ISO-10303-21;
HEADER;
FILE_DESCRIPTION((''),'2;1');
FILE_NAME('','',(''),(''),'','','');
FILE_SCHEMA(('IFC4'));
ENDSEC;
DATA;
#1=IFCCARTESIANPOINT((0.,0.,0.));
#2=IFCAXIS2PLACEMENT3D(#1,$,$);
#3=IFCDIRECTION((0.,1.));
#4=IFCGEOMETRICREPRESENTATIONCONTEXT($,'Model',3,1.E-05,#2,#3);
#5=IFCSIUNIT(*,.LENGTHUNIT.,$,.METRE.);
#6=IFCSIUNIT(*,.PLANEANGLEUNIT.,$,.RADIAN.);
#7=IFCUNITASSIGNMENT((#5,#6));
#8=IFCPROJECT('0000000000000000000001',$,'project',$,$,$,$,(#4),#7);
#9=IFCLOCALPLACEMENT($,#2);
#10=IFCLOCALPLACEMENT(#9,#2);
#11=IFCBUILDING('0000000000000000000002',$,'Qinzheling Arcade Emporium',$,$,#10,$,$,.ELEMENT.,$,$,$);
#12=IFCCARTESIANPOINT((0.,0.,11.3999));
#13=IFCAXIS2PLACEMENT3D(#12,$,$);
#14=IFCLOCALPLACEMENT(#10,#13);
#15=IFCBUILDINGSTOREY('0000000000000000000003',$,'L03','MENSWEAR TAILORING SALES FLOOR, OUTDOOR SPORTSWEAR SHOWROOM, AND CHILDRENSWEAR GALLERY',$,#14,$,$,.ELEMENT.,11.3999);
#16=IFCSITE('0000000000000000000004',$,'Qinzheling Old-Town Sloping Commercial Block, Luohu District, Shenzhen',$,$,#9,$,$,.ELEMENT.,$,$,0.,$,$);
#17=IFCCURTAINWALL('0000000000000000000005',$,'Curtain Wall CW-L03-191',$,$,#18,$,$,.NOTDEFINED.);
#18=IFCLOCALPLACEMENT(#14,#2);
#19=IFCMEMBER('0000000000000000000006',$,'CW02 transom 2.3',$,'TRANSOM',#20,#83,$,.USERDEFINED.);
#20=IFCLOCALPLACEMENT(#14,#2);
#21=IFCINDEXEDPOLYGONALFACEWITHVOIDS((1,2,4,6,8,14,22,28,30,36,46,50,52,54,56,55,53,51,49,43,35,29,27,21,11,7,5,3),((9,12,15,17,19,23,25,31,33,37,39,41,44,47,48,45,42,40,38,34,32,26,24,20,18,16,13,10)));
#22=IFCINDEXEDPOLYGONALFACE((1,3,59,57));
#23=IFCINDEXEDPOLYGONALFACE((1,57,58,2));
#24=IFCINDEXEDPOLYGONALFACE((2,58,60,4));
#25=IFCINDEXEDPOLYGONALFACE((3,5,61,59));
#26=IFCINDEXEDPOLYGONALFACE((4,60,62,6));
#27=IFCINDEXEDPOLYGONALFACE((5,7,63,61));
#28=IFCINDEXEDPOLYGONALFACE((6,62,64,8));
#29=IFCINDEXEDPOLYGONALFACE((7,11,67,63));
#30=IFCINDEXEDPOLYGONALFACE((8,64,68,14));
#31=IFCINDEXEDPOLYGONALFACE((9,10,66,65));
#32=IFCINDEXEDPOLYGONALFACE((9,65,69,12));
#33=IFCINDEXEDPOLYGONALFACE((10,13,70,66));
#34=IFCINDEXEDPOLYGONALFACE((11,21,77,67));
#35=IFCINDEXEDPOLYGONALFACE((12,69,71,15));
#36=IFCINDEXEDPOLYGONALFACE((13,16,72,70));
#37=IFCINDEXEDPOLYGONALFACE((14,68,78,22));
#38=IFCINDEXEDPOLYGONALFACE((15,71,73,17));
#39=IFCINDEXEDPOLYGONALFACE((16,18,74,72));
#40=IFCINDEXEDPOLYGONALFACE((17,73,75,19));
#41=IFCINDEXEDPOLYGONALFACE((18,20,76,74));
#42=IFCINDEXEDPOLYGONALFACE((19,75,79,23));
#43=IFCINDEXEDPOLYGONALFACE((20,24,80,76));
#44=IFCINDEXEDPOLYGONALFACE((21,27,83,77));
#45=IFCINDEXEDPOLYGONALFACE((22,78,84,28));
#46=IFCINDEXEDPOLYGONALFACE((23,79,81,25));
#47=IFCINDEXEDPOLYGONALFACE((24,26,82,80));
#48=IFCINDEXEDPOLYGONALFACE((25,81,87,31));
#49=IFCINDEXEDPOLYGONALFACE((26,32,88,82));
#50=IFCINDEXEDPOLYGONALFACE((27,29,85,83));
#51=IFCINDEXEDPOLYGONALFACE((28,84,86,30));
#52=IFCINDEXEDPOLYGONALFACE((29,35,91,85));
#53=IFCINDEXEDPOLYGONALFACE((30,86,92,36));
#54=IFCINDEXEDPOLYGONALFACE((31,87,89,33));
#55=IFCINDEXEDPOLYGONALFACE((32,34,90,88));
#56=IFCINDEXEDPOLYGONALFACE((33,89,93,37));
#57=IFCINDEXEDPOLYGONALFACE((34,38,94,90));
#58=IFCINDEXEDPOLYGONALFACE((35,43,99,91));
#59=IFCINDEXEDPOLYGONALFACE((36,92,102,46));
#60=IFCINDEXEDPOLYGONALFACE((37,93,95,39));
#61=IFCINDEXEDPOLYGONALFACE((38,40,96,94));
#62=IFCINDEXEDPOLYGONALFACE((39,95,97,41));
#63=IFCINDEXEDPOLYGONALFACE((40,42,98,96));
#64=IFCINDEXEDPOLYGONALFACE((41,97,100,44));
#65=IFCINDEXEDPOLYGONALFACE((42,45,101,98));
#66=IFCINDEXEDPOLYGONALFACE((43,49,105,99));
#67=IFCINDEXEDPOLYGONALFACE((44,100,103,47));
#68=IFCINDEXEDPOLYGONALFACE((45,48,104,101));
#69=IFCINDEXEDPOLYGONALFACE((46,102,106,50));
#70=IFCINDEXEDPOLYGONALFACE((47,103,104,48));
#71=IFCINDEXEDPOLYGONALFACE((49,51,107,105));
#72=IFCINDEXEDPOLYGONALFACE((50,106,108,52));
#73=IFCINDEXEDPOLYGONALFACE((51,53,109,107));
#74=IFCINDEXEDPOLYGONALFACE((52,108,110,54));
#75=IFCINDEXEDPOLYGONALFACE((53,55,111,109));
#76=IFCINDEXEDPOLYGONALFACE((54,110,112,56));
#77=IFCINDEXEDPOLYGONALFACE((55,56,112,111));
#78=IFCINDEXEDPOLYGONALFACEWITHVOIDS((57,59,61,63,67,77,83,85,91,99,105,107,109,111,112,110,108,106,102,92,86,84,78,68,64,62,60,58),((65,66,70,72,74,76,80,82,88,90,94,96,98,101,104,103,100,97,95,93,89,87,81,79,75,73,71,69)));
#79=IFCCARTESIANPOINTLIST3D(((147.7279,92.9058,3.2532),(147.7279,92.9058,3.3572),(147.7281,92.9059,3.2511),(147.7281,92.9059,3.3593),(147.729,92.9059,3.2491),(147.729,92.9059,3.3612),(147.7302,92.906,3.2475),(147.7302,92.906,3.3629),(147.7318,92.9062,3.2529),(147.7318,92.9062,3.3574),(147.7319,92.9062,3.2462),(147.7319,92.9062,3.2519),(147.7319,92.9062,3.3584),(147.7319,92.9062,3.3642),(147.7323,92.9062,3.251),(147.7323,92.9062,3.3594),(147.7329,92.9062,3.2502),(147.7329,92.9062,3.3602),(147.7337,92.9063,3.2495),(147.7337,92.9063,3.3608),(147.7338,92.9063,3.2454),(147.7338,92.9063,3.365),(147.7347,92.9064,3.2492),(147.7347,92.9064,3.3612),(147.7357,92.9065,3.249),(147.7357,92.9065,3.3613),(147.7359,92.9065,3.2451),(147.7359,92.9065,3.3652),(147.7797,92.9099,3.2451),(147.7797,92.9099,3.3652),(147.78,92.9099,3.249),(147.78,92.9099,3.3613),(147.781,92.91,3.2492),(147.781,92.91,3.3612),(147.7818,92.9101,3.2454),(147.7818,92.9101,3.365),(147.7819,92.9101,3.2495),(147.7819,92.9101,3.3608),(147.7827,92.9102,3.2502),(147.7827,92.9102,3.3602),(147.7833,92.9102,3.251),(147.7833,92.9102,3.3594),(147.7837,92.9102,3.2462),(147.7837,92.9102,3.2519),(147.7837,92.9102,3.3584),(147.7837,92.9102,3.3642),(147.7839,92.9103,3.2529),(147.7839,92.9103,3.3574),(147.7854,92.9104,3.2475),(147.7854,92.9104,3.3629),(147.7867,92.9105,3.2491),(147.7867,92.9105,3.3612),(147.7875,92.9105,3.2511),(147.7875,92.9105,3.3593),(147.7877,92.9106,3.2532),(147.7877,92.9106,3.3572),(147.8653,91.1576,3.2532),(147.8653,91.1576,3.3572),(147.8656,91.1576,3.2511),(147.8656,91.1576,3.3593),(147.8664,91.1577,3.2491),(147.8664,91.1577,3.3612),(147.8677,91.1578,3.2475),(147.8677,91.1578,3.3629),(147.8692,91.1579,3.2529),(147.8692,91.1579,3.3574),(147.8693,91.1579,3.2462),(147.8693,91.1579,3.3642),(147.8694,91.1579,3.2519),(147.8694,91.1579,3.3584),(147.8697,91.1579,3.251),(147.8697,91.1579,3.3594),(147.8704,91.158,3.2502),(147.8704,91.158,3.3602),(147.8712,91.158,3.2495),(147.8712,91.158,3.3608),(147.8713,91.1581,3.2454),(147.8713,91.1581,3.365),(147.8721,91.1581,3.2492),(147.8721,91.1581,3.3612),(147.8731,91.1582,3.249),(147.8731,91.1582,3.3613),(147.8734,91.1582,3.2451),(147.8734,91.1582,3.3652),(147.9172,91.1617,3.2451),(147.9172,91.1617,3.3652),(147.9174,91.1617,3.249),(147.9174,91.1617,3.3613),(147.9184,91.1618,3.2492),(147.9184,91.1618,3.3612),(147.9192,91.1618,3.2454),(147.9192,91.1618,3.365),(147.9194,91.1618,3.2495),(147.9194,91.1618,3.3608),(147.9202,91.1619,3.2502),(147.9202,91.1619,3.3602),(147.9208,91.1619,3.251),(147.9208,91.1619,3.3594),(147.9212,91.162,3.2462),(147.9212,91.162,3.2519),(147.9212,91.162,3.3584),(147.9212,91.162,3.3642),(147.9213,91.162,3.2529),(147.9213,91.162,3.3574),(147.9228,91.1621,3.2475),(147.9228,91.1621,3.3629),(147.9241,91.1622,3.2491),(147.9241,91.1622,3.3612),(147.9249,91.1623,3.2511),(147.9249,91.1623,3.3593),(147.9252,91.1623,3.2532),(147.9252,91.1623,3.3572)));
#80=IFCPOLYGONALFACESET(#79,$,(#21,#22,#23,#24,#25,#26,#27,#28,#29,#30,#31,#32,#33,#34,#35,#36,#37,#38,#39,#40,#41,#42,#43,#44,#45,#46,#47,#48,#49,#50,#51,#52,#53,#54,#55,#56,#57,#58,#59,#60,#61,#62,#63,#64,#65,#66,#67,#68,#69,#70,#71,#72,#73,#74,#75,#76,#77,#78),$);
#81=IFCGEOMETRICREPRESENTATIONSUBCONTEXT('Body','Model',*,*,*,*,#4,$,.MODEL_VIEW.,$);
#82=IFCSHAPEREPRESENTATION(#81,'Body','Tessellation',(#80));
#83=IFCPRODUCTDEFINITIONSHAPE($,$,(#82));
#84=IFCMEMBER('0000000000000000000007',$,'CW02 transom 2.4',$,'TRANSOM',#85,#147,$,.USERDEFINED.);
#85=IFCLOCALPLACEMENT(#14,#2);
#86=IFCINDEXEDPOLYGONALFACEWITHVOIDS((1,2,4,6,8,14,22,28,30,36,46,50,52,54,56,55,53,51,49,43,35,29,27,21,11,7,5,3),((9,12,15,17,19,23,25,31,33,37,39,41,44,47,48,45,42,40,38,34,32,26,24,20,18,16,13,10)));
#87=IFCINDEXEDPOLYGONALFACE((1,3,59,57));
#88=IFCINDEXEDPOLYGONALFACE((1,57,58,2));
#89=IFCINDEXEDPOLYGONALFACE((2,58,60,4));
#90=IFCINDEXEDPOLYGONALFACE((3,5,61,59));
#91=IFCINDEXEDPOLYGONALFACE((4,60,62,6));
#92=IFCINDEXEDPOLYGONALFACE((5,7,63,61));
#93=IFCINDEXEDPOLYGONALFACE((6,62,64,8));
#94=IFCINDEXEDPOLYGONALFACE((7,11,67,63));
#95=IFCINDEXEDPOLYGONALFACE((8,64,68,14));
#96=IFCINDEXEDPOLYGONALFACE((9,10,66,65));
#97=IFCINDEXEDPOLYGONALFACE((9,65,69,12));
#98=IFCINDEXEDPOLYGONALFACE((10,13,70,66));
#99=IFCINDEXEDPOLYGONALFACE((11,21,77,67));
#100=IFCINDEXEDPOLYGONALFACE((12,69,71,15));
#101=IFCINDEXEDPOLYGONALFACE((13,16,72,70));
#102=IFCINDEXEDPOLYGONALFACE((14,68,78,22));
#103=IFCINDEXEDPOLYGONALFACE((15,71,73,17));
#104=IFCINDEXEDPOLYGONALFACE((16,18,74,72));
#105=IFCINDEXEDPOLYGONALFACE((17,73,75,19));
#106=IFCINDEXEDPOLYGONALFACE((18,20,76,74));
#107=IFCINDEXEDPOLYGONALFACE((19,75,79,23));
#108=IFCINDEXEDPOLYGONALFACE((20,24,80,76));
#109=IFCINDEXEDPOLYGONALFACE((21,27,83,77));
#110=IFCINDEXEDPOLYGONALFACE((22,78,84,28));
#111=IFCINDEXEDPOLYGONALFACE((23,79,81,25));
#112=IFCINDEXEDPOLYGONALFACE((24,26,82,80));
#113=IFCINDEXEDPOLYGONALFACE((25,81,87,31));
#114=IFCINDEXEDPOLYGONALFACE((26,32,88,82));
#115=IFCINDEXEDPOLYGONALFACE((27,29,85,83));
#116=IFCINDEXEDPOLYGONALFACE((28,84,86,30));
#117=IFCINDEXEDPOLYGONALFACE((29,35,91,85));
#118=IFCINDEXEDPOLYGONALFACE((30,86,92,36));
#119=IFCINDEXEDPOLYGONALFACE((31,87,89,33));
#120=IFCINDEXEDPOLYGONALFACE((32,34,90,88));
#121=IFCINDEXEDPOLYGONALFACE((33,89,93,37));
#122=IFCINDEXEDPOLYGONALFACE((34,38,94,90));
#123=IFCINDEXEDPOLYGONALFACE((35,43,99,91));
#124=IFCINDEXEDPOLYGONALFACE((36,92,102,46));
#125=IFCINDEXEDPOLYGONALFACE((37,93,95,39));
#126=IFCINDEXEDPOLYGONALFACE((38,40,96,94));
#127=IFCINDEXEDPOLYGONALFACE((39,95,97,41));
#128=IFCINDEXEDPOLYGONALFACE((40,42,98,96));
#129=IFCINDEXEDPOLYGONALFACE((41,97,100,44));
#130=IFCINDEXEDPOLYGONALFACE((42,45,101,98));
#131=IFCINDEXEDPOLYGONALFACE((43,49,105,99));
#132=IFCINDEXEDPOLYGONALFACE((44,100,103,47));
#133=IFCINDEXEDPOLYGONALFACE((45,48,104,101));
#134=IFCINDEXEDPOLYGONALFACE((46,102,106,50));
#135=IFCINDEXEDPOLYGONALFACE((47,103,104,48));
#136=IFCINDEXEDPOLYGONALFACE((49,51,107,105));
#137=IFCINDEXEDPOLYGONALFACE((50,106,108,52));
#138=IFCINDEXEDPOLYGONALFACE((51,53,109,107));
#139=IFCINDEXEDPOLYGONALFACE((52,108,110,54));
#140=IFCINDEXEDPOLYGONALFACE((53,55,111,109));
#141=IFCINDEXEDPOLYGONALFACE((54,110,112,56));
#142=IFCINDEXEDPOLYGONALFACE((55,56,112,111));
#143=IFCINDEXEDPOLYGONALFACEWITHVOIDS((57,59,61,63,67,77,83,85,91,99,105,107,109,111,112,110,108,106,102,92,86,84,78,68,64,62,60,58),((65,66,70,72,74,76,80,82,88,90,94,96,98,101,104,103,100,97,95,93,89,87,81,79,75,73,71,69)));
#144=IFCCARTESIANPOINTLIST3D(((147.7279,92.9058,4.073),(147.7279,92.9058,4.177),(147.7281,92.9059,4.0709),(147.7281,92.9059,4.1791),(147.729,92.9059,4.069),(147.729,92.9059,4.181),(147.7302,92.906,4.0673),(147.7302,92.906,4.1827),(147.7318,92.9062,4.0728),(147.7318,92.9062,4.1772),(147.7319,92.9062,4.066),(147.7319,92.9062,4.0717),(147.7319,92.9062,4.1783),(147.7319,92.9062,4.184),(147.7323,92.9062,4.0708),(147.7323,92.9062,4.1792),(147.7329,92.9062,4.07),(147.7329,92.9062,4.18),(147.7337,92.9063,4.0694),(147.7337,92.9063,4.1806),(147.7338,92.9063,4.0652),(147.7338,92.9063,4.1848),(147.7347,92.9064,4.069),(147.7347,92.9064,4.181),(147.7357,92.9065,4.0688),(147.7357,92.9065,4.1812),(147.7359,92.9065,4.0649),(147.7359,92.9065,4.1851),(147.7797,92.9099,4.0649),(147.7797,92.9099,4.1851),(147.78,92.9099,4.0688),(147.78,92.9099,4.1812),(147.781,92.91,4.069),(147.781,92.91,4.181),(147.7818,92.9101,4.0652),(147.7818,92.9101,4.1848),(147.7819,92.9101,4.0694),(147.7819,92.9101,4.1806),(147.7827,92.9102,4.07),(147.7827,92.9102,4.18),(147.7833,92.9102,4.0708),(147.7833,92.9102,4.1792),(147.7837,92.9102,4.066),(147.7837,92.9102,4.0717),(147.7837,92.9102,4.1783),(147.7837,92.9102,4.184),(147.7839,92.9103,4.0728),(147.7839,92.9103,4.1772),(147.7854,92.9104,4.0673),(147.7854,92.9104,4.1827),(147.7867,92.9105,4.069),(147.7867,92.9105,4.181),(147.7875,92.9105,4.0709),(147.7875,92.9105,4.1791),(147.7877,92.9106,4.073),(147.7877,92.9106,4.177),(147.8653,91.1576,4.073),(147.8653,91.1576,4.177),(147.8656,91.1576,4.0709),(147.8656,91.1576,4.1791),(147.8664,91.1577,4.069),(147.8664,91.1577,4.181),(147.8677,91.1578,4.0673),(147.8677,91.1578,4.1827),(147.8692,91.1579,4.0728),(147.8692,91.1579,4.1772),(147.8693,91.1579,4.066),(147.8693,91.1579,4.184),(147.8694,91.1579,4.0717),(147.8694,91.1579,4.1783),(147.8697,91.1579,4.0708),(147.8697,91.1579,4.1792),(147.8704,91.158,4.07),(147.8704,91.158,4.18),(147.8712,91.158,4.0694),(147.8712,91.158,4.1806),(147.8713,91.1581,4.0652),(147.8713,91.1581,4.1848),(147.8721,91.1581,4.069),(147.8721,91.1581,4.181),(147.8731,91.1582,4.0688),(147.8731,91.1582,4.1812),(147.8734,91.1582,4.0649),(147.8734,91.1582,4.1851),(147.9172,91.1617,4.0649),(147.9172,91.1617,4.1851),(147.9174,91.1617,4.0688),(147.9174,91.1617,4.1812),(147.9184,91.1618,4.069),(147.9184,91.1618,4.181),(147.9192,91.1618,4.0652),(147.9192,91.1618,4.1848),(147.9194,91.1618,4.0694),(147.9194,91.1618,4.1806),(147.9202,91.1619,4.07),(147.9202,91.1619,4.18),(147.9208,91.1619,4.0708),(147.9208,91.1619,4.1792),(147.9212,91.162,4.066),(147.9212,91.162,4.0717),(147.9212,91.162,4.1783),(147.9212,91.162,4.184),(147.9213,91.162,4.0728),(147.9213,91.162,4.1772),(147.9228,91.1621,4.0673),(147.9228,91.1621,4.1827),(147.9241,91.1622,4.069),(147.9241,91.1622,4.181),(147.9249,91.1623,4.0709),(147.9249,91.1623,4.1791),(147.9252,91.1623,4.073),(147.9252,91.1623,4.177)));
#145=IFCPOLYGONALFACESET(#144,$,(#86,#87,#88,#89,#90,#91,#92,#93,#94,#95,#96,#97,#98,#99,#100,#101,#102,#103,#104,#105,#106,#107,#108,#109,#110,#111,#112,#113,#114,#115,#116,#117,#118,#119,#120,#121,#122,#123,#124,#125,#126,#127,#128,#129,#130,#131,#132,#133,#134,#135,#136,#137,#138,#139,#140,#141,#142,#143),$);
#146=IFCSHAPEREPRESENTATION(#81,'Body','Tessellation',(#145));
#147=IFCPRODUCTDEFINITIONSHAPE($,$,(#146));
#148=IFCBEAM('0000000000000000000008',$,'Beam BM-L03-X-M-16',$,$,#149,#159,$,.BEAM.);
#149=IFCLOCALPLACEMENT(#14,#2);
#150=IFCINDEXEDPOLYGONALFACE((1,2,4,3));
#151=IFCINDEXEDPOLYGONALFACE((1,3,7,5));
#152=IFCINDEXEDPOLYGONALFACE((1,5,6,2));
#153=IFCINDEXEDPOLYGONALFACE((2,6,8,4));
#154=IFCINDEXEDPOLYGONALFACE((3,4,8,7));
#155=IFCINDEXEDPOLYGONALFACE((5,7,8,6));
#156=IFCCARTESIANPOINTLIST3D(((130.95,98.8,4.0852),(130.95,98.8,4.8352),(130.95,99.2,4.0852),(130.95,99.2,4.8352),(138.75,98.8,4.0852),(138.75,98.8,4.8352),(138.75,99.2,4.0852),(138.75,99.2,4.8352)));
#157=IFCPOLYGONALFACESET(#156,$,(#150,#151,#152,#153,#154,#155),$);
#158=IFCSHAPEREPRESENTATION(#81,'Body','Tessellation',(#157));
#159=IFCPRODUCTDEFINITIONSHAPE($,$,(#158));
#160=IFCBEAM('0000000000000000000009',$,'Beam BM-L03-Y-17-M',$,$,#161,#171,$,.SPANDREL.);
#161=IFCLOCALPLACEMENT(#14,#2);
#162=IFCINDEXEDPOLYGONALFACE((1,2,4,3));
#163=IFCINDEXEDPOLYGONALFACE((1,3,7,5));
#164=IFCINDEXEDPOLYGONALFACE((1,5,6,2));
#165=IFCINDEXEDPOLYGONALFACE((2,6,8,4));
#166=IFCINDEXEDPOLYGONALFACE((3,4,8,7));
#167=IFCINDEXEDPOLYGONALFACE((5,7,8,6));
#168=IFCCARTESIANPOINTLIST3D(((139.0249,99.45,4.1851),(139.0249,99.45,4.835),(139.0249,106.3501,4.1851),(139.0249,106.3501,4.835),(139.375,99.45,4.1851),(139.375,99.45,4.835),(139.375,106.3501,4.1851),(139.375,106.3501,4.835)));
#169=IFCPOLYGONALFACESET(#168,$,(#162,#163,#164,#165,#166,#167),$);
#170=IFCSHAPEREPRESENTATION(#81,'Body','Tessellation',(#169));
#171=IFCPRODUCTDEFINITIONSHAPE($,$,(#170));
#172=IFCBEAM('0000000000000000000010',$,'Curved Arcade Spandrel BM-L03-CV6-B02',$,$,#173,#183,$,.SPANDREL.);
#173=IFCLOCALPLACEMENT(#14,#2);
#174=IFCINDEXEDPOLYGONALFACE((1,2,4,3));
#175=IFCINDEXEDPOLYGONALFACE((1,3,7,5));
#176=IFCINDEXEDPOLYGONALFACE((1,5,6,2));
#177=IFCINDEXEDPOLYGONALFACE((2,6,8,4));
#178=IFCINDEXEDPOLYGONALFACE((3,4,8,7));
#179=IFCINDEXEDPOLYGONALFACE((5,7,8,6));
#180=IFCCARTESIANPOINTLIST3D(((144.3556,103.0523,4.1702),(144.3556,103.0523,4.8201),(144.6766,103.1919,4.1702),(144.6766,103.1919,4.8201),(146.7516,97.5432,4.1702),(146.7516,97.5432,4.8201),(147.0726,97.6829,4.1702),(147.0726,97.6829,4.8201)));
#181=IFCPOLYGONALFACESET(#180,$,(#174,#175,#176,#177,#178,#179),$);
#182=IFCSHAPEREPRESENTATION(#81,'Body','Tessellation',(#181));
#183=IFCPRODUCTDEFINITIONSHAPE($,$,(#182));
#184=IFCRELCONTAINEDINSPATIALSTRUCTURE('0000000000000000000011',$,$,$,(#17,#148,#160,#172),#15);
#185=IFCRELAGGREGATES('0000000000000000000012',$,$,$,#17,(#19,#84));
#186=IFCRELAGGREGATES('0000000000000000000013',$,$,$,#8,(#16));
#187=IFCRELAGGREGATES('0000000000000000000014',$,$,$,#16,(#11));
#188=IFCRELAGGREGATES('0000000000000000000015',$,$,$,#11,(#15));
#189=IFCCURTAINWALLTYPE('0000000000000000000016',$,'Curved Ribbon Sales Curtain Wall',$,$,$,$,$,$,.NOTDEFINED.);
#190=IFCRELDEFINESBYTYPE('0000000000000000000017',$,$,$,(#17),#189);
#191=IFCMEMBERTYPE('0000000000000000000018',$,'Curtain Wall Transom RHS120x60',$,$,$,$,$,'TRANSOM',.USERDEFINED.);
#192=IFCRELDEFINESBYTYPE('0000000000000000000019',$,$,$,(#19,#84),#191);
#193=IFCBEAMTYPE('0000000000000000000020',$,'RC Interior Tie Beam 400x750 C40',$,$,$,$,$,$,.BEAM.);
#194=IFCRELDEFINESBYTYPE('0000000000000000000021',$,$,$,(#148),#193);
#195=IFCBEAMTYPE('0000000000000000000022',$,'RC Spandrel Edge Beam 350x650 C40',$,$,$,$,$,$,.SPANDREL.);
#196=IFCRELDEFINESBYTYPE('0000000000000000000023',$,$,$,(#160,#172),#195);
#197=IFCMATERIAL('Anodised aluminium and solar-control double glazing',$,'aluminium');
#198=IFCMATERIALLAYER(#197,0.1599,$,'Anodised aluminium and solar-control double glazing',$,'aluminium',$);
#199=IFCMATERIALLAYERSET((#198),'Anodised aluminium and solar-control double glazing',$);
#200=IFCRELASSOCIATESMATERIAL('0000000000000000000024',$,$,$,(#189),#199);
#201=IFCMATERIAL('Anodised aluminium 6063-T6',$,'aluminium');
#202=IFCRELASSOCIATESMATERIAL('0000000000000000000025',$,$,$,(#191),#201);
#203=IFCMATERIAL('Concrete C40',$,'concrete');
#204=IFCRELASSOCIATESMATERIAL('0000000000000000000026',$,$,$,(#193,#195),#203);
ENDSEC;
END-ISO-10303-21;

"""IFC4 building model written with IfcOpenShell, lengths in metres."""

from ifc_helpers import new_model, si_unit, direction, frame, origin, origin_2d, place, context, subcontext, project, spatial, rectangle, hollow_rectangle, extrude, material, layer, layer_set, material_profile, profile_set, type_object, element, aggregate, save


model = new_model("IFC4")

# Units and contexts
model_context = context("Model", 3, precision=1e-05, world=origin(), true_north=direction((0.0, 1.0)))
body_context = subcontext(model_context, "Body", "Model", "MODEL_VIEW")
ifc_project = project(units=[si_unit("LENGTHUNIT", "METRE"), si_unit("PLANEANGLEUNIT", "RADIAN")], contexts=[model_context])

# Site, building, storey
site_placement = place(None, origin())
site = spatial("IfcSite", under=ifc_project, at=site_placement, Name="Qinzheling Old-Town Sloping Commercial Block, Luohu District, Shenzhen", CompositionType="ELEMENT", RefElevation=0.0)
building_placement = place(site_placement, origin())
building = spatial("IfcBuilding", under=site, at=building_placement, Name="Qinzheling Arcade Emporium", CompositionType="ELEMENT")
storey_placement = place(building_placement, frame((0.0, 0.0, 11.3999)))
storey = spatial("IfcBuildingStorey", under=building, at=storey_placement, Name="L03", Description="MENSWEAR TAILORING SALES FLOOR, OUTDOOR SPORTSWEAR SHOWROOM, AND CHILDRENSWEAR GALLERY", CompositionType="ELEMENT", Elevation=11.3999)

# Curtain wall
ifc_material_1 = material(Name="Anodised aluminium and solar-control double glazing", Category="aluminium")
ifc_layer_1 = layer(ifc_material_1, 0.1599, Name="Anodised aluminium and solar-control double glazing", Category="aluminium")
ifc_layer_set_1 = layer_set([ifc_layer_1], Name="Anodised aluminium and solar-control double glazing")
curtain_wall_type = type_object("IfcCurtainWallType", Name="Curved Ribbon Sales Curtain Wall", PredefinedType="NOTDEFINED", material=ifc_layer_set_1)
ifc_material_2 = material(Name="Anodised aluminium 6063-T6", Category="aluminium")
curtain_wall_1_placement = place(storey_placement, origin())
curtain_wall_1 = element("IfcCurtainWall", 1, at=curtain_wall_1_placement, inside=storey, type_object=curtain_wall_type, Name="Curtain Wall CW-L03-191", PredefinedType="NOTDEFINED")

# Members
ifc_material_profile_1 = material_profile(ifc_material_2, hollow_rectangle(XDim=0.0601, YDim=0.1201, WallThickness=0.0039, InnerFilletRadius=0.0039, OuterFilletRadius=0.0081, at=origin_2d()), Name="RHS 120x60x4", Category="aluminium")
ifc_profile_set_1 = profile_set([ifc_material_profile_1], Name="Anodised aluminium 6063-T6")
member_type_1 = type_object("IfcMemberType", Name="Curtain Wall Transom RHS120x60", ElementType="TRANSOM", PredefinedType="USERDEFINED", material=ifc_profile_set_1)
member_1_placement = place(storey_placement, frame((147.7578, 92.9082, 3.3052), z_axis=(0.078378, -0.996924, 0.0), x_axis=(0.996924, 0.078378, 0.0)))
member_1 = element("IfcMember", 2, at=member_1_placement, type_object=member_type_1, Name="CW02 transom 2.3", ObjectType="TRANSOM", PredefinedType="USERDEFINED", context=body_context, shape_type="SweptSolid", body=[
    extrude(hollow_rectangle(XDim=0.0601, YDim=0.1201, WallThickness=0.0039, InnerFilletRadius=0.0039, OuterFilletRadius=0.0081, at=origin_2d()), origin(), (0.0, 0.0, 1.0), 1.7537),
])
member_2_placement = place(storey_placement, frame((147.7578, 92.9082, 4.125), z_axis=(0.078378, -0.996924, 0.0), x_axis=(0.996924, 0.078378, 0.0)))
member_2 = element("IfcMember", 3, at=member_2_placement, type_object=member_type_1, Name="CW02 transom 2.4", ObjectType="TRANSOM", PredefinedType="USERDEFINED", context=body_context, shape_type="SweptSolid", body=[
    extrude(hollow_rectangle(XDim=0.0601, YDim=0.1201, WallThickness=0.0039, InnerFilletRadius=0.0039, OuterFilletRadius=0.0081, at=origin_2d()), origin(), (0.0, 0.0, 1.0), 1.7537),
])

# Beams
ifc_material_3 = material(Name="Concrete C40", Category="concrete")
ifc_material_profile_2 = material_profile(ifc_material_3, rectangle(XDim=0.3999, YDim=0.75, at=origin_2d()), Name="RC 400x750", Category="concrete")
ifc_profile_set_2 = profile_set([ifc_material_profile_2], Name="Concrete C40")
beam_type_1 = type_object("IfcBeamType", Name="RC Interior Tie Beam 400x750 C40", PredefinedType="BEAM", material=ifc_profile_set_2)
beam_1_placement = place(storey_placement, frame((130.95, 99.0, 4.4602), z_axis=(1.0, 0.0, 0.0), x_axis=(0.0, 1.0, 0.0)))
element("IfcBeam", 4, at=beam_1_placement, inside=storey, type_object=beam_type_1, Name="Beam BM-L03-X-M-16", PredefinedType="BEAM", context=body_context, shape_type="SweptSolid", body=[
    extrude(rectangle(XDim=0.3999, YDim=0.75, at=origin_2d()), origin(), (0.0, 0.0, 1.0), 7.8),
])
ifc_material_profile_3 = material_profile(ifc_material_3, rectangle(XDim=0.3501, YDim=0.6499, at=origin_2d()), Name="RC 350x650", Category="concrete")
ifc_profile_set_3 = profile_set([ifc_material_profile_3], Name="Concrete C40")
beam_type_2 = type_object("IfcBeamType", Name="RC Spandrel Edge Beam 350x650 C40", PredefinedType="SPANDREL", material=ifc_profile_set_3)
beam_2_placement = place(storey_placement, frame((139.2, 99.45, 4.51), z_axis=(0.0, 1.0, 0.0), x_axis=(-1.0, 0.0, 0.0)))
element("IfcBeam", 5, at=beam_2_placement, inside=storey, type_object=beam_type_2, Name="Beam BM-L03-Y-17-M", PredefinedType="SPANDREL", context=body_context, shape_type="SweptSolid", body=[
    extrude(rectangle(XDim=0.3501, YDim=0.6499, at=origin_2d()), origin(), (0.0, 0.0, 1.0), 6.9001),
])
beam_3_placement = place(storey_placement, frame((146.9121, 97.613, 4.4951), z_axis=(-0.398833, 0.917024, 0.0), x_axis=(-0.917024, -0.398833, 0.0)))
element("IfcBeam", 6, at=beam_3_placement, inside=storey, type_object=beam_type_2, Name="Curved Arcade Spandrel BM-L03-CV6-B02", PredefinedType="SPANDREL", context=body_context, shape_type="SweptSolid", body=[
    extrude(rectangle(XDim=0.3501, YDim=0.6499, at=origin_2d()), origin(), (0.0, 0.0, 1.0), 6.0076),
])

aggregate(curtain_wall_1, [member_1, member_2])

save(model, "model.ifc")
